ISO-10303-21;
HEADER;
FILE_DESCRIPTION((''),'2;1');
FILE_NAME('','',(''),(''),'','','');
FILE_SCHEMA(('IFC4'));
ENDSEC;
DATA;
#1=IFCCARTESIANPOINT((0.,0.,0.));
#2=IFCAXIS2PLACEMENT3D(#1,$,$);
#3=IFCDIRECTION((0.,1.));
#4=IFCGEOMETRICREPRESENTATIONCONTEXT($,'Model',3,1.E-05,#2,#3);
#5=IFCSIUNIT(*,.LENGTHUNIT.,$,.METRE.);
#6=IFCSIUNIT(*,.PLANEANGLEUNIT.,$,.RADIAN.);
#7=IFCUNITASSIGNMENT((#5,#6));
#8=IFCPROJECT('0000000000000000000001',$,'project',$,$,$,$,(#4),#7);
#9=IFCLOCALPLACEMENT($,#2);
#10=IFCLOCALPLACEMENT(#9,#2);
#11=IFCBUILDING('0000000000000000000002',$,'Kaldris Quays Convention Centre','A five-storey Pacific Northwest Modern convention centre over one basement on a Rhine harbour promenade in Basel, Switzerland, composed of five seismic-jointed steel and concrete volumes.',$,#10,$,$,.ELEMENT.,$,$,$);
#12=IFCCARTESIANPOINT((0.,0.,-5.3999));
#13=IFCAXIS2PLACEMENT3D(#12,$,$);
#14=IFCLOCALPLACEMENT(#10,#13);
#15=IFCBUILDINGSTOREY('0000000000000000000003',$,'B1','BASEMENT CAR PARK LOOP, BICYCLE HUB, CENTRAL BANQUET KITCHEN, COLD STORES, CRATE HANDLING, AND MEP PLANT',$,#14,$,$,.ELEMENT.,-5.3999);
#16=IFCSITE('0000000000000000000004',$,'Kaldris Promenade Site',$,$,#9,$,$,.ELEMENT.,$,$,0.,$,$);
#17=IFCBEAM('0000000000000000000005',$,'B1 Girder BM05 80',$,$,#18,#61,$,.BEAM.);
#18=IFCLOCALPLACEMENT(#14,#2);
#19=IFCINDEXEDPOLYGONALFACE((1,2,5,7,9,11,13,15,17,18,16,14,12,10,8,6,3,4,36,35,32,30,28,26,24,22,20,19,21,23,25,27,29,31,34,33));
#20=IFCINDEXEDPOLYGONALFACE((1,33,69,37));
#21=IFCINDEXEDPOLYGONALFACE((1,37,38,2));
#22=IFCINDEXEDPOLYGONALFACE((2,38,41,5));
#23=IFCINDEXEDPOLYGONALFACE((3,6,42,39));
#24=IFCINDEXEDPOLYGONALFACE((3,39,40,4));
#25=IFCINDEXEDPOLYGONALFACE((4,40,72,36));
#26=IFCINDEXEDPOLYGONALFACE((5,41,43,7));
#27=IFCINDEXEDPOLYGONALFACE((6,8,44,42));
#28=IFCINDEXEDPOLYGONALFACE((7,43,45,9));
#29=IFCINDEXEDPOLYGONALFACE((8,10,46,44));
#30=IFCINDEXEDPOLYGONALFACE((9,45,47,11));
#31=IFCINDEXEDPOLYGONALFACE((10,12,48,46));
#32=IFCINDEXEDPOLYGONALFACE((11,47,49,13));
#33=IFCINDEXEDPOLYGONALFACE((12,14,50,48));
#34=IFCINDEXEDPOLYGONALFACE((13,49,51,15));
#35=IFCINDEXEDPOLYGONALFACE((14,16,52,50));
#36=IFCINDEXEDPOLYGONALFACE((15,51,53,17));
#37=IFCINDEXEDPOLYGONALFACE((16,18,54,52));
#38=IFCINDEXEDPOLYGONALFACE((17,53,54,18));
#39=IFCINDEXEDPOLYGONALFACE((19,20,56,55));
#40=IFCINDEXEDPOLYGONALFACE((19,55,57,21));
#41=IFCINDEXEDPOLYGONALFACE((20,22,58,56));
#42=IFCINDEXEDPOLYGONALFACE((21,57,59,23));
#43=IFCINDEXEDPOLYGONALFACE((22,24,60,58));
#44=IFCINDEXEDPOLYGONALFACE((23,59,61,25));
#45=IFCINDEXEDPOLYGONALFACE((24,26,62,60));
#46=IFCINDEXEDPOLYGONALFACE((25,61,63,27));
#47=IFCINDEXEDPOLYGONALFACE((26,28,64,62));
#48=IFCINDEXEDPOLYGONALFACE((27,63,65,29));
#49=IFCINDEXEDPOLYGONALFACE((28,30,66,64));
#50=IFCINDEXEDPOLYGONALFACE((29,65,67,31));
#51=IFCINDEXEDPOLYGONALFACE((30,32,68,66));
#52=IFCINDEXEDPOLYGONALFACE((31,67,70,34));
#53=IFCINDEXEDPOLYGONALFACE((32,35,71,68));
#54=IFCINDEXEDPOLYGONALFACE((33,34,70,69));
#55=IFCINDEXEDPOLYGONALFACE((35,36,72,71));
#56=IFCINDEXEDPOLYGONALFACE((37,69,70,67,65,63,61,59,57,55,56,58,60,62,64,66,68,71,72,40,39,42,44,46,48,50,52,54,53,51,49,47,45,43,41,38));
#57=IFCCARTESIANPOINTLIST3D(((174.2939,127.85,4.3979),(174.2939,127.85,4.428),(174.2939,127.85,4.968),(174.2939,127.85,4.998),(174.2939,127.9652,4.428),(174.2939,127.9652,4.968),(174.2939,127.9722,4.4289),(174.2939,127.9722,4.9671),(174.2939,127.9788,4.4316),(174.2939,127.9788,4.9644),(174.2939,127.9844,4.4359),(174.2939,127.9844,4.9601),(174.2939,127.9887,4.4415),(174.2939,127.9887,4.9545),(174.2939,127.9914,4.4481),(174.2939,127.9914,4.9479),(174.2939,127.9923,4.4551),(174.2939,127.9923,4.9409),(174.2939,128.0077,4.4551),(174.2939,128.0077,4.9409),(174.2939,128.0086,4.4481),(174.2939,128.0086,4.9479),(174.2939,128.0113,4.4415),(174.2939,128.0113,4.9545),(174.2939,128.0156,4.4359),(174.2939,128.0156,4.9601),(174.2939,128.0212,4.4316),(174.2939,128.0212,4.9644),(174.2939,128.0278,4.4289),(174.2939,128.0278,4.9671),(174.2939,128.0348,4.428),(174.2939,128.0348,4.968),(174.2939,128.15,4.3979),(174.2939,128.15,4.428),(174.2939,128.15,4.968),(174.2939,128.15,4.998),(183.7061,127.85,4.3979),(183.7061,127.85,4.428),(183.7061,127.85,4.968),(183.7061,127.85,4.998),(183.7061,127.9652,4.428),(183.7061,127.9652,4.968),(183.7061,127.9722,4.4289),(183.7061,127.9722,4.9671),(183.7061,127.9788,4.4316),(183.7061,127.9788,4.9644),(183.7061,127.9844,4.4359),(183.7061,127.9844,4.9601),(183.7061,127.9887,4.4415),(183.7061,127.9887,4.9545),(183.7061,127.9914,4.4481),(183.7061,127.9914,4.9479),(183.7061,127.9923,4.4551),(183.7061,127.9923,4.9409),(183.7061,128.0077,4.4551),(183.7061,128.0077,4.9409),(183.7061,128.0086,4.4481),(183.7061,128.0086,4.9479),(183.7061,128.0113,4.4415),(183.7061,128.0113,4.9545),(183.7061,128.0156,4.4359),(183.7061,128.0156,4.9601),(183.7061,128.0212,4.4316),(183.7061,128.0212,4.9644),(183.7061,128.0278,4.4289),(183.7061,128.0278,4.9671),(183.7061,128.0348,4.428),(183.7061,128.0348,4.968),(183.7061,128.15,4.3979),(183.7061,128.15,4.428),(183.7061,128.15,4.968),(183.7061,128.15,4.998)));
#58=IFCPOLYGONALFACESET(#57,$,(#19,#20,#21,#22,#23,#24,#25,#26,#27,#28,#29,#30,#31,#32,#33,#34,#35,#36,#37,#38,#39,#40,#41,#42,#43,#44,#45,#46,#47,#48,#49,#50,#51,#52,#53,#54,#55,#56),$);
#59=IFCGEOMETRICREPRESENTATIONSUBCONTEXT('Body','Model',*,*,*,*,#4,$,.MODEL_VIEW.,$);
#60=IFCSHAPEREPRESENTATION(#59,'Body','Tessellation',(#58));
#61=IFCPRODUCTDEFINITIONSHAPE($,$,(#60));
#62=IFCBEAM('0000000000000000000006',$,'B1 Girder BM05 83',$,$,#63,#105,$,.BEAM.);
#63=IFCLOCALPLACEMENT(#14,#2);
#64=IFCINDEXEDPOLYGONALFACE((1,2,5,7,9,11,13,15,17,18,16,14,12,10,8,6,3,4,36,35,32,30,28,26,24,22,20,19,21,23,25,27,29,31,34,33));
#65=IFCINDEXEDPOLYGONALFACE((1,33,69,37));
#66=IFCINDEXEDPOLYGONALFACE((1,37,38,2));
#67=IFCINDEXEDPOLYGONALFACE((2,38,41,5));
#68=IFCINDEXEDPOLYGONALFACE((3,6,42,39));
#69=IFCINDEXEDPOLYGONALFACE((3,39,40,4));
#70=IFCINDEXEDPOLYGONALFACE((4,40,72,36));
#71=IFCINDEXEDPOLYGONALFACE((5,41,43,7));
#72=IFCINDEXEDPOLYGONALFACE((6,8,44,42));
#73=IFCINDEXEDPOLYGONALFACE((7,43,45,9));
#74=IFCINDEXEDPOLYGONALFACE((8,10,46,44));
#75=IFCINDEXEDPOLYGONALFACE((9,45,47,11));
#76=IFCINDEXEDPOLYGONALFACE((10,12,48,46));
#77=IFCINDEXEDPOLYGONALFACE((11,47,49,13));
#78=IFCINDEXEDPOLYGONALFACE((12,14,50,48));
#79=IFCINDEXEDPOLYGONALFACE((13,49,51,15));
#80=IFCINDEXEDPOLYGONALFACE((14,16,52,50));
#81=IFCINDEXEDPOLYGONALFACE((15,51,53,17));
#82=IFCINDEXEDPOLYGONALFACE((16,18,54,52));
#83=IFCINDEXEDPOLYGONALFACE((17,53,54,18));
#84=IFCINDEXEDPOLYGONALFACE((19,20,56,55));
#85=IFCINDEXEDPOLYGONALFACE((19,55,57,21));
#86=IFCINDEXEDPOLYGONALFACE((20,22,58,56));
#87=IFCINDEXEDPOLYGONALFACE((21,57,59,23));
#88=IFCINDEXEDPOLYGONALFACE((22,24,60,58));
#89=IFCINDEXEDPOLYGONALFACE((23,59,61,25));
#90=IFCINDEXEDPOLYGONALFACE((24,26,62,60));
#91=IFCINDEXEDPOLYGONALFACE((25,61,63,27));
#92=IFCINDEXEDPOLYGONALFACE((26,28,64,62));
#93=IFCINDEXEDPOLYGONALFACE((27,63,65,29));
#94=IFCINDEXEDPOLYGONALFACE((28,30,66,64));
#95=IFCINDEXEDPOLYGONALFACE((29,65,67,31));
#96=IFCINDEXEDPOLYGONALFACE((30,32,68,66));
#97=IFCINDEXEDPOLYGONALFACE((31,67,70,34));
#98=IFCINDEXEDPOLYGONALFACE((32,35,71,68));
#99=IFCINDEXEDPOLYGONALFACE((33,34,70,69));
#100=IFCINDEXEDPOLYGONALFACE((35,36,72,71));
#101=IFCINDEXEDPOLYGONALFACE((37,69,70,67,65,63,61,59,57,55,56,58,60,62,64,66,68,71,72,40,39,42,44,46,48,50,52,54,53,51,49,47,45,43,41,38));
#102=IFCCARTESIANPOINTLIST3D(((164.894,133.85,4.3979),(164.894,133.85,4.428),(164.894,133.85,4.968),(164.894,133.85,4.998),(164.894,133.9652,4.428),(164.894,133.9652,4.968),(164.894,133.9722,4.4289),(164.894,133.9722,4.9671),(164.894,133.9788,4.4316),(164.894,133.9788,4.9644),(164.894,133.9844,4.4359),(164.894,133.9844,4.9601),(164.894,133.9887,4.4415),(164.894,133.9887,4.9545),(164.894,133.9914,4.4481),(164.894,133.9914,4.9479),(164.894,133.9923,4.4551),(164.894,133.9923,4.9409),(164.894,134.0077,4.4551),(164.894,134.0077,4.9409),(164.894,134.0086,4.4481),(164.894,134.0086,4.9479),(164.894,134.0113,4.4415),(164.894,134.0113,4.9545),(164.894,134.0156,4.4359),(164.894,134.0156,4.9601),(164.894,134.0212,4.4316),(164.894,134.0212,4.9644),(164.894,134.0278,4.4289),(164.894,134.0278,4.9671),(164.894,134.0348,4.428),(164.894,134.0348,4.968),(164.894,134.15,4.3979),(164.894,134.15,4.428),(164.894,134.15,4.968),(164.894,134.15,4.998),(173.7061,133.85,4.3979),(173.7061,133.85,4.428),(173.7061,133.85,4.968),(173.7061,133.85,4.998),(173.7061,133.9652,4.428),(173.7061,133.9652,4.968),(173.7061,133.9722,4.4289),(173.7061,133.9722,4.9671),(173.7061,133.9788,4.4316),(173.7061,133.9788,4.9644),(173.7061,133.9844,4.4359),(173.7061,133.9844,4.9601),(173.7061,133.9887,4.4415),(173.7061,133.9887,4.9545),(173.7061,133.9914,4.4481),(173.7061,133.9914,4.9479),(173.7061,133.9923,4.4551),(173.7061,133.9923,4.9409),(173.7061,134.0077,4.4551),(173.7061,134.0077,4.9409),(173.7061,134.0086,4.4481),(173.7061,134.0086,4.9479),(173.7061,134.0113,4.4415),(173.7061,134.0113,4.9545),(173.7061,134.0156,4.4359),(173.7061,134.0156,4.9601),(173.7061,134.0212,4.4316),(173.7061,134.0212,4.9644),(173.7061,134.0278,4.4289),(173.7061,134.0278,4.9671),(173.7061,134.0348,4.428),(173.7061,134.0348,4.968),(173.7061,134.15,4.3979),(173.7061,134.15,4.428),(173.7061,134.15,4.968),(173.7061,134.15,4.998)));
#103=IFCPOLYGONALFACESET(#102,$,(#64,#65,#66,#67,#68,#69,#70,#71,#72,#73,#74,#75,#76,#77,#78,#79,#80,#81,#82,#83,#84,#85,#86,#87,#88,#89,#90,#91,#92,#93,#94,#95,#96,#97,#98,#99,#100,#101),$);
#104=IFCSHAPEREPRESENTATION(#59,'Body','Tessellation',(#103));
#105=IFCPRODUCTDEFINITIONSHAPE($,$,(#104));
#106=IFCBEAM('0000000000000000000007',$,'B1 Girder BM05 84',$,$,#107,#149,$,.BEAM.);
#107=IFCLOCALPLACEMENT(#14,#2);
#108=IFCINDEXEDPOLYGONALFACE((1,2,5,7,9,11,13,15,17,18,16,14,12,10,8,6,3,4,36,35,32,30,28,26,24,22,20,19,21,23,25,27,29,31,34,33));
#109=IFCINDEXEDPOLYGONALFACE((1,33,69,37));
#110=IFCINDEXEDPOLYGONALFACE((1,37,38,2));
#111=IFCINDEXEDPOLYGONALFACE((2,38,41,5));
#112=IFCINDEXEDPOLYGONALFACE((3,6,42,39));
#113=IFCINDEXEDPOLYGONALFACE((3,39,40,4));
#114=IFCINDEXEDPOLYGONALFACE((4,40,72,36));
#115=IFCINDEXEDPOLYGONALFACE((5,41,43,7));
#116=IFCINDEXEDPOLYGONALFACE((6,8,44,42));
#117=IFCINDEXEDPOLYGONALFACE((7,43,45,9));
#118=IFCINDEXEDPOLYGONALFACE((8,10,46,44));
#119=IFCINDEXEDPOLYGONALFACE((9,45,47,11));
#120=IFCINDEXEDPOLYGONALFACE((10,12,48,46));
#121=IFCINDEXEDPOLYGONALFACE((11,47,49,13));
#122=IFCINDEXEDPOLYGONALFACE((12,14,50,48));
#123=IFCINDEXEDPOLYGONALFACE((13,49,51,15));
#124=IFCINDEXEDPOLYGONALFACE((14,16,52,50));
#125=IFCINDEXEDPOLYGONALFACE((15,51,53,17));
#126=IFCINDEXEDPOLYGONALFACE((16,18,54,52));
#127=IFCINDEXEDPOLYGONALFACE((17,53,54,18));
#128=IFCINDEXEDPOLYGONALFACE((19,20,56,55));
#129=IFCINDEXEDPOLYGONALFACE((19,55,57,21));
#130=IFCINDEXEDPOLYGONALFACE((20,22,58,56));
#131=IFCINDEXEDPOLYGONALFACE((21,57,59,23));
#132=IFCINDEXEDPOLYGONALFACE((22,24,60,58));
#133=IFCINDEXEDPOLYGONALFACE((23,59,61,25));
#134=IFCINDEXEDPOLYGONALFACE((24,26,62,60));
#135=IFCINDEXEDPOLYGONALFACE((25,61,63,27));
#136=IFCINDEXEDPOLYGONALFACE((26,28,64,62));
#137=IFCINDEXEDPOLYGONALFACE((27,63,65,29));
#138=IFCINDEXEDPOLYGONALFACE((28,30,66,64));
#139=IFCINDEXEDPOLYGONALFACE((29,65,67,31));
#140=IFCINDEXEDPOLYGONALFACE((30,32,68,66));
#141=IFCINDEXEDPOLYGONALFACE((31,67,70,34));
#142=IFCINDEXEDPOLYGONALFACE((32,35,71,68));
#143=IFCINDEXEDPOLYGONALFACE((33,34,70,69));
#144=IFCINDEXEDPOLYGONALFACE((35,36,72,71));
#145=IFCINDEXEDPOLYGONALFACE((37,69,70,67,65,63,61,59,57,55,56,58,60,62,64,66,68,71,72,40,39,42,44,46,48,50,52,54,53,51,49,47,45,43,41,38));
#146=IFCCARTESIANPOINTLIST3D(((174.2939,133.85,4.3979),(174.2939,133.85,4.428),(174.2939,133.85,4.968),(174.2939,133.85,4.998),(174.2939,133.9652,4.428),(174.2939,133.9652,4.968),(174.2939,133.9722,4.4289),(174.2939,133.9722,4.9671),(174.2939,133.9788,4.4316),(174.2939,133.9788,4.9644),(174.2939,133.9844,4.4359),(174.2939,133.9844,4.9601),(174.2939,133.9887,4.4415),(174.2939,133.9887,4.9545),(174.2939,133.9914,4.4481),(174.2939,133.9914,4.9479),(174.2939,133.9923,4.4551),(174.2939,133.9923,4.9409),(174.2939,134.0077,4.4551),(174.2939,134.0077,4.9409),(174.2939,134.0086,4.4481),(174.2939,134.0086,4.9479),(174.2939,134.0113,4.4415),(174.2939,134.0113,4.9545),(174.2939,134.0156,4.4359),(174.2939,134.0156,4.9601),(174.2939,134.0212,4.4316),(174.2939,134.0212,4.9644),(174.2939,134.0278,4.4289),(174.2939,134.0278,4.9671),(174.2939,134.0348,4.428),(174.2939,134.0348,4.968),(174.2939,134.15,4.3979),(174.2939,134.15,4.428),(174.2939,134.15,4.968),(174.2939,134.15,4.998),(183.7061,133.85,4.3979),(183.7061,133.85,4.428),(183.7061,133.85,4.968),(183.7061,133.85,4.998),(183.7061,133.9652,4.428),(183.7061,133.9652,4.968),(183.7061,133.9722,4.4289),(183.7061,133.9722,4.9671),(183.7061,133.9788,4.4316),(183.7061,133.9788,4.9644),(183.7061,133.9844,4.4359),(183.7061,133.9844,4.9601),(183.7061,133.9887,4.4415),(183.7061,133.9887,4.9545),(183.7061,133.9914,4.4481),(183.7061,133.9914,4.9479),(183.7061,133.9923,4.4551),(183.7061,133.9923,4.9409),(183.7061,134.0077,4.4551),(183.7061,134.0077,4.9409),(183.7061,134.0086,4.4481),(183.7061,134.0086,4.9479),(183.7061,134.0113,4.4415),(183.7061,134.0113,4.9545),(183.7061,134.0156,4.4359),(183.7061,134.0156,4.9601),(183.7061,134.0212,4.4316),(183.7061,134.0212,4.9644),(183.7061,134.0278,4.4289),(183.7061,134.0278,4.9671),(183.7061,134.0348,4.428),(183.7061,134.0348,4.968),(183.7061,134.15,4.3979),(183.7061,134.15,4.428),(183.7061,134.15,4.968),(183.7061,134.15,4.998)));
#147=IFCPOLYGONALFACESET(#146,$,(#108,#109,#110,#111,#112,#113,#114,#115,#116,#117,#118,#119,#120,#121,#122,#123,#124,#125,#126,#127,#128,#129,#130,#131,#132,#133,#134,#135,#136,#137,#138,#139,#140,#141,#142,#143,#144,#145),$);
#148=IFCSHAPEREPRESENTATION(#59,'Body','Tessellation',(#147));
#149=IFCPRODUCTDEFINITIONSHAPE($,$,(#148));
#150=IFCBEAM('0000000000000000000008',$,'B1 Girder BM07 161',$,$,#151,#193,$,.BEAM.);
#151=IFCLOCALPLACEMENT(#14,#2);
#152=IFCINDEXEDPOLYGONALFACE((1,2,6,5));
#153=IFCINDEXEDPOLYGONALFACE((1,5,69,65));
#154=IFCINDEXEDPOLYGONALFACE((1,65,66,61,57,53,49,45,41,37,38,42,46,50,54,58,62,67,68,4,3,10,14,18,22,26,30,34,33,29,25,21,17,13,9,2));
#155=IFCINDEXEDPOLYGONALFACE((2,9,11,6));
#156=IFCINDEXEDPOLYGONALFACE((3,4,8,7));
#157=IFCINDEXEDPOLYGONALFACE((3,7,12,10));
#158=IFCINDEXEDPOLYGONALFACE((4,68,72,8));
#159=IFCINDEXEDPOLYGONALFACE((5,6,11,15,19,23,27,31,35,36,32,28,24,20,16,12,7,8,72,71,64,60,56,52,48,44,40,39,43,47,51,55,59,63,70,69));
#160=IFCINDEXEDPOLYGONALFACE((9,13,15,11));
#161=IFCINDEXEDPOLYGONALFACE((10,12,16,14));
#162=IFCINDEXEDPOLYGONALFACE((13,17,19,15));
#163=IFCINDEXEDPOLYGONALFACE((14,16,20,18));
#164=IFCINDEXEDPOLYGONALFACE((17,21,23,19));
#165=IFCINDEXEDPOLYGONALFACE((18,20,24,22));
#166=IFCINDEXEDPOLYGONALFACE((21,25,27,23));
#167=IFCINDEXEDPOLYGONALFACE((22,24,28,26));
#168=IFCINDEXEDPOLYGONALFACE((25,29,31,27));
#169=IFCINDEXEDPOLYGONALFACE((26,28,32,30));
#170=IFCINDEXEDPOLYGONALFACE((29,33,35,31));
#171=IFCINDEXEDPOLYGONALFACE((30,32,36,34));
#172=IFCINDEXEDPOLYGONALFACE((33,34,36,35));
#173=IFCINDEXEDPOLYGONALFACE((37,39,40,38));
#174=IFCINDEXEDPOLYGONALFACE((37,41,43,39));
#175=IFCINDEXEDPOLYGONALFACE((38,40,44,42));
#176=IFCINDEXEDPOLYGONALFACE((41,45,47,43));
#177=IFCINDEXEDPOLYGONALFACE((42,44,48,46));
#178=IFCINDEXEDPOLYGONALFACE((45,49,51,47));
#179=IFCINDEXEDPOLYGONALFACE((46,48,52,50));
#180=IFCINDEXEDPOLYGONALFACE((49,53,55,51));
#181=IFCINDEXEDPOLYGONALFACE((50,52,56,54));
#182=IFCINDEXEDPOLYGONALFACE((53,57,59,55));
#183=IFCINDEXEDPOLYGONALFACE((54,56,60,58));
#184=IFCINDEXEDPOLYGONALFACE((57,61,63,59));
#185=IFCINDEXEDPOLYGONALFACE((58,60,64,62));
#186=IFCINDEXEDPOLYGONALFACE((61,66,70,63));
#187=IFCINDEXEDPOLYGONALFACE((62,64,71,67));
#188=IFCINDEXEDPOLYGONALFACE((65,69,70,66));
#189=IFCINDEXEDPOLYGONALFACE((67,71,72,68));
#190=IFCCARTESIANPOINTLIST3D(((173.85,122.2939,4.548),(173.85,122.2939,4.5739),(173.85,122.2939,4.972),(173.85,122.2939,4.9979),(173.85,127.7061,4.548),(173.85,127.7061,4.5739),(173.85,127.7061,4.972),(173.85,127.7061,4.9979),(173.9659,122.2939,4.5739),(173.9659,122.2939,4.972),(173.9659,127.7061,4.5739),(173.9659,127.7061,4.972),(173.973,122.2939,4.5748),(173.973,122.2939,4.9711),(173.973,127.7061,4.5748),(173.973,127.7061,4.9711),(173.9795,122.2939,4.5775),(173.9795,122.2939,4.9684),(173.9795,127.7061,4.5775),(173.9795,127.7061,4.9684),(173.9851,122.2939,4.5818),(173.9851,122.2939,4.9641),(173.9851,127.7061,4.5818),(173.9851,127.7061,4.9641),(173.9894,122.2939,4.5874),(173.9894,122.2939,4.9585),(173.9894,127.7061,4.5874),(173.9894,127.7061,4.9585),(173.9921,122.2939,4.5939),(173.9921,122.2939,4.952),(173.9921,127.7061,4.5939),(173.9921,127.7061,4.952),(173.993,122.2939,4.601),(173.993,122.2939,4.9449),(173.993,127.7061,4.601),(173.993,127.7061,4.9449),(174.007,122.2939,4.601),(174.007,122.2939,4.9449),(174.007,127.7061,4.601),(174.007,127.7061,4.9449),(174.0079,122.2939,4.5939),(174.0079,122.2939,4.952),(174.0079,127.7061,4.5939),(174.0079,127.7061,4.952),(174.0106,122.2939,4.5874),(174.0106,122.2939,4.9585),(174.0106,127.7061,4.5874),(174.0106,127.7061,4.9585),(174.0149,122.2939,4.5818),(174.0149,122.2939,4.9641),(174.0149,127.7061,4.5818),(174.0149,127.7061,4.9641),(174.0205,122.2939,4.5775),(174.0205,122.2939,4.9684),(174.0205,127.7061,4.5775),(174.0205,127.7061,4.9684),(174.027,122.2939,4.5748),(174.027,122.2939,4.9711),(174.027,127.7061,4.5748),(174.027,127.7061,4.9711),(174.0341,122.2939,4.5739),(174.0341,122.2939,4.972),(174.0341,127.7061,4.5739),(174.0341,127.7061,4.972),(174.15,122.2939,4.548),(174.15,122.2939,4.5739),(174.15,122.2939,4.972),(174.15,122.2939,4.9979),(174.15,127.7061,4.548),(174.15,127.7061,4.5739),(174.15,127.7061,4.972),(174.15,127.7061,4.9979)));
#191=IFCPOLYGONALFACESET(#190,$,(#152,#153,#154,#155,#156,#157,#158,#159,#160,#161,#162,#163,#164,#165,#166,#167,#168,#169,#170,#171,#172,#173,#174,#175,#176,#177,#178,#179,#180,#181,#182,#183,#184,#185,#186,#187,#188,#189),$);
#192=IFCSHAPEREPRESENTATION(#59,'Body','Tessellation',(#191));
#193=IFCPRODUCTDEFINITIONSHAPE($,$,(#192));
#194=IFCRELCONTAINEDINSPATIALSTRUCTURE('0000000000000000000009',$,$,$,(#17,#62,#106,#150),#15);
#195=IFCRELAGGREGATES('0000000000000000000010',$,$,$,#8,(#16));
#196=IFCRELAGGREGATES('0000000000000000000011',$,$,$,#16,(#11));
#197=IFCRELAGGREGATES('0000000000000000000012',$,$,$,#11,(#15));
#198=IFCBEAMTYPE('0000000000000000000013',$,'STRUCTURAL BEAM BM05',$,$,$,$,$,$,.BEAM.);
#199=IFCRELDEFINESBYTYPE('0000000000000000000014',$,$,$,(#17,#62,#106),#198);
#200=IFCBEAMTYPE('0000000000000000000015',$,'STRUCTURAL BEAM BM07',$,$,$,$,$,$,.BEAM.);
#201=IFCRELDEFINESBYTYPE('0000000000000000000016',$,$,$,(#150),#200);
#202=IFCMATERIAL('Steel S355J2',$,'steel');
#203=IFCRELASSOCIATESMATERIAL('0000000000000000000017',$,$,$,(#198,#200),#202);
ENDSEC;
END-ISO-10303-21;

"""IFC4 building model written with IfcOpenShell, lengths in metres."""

from ifc_helpers import new_model, si_unit, direction, frame, origin, origin_2d, place, context, subcontext, project, spatial, i_section, extrude, material, material_profile, profile_set, type_object, element, save


model = new_model("IFC4")

# Units and contexts
model_context = context("Model", 3, precision=1e-05, world=origin(), true_north=direction((0.0, 1.0)))
body_context = subcontext(model_context, "Body", "Model", "MODEL_VIEW")
ifc_project = project(units=[si_unit("LENGTHUNIT", "METRE"), si_unit("PLANEANGLEUNIT", "RADIAN")], contexts=[model_context])

# Site, building, storey
site_placement = place(None, origin())
site = spatial("IfcSite", under=ifc_project, at=site_placement, Name="Kaldris Promenade Site", CompositionType="ELEMENT", RefElevation=0.0)
building_placement = place(site_placement, origin())
building = spatial("IfcBuilding", under=site, at=building_placement, Name="Kaldris Quays Convention Centre", Description="A five-storey Pacific Northwest Modern convention centre over one basement on a Rhine harbour promenade in Basel, Switzerland, composed of five seismic-jointed steel and concrete volumes.", CompositionType="ELEMENT")
storey_placement = place(building_placement, frame((0.0, 0.0, -5.3999)))
storey = spatial("IfcBuildingStorey", under=building, at=storey_placement, Name="B1", Description="BASEMENT CAR PARK LOOP, BICYCLE HUB, CENTRAL BANQUET KITCHEN, COLD STORES, CRATE HANDLING, AND MEP PLANT", CompositionType="ELEMENT", Elevation=-5.3999)

# Beams
ifc_material_1 = material(Name="Steel S355J2", Category="steel")
ifc_material_profile_1 = material_profile(ifc_material_1, i_section(OverallWidth=0.3, OverallDepth=0.6001, WebThickness=0.0154, FlangeThickness=0.03, FilletRadius=0.0271, at=origin_2d()), Name="HEB 600")
ifc_profile_set_1 = profile_set([ifc_material_profile_1], Name="Steel S355J2")
beam_type_1 = type_object("IfcBeamType", Name="STRUCTURAL BEAM BM05", PredefinedType="BEAM", material=ifc_profile_set_1)
beam_1_placement = place(storey_placement, frame((174.2939, 128.0, 4.698), z_axis=(1.0, 0.0, 0.0), x_axis=(0.0, 1.0, 0.0)))
element("IfcBeam", 1, at=beam_1_placement, inside=storey, type_object=beam_type_1, Name="B1 Girder BM05 80", PredefinedType="BEAM", context=body_context, shape_type="SweptSolid", body=[
    extrude(i_section(OverallWidth=0.3, OverallDepth=0.6001, WebThickness=0.0154, FlangeThickness=0.03, FilletRadius=0.0271, at=origin_2d()), origin(), (0.0, 0.0, 1.0), 9.4121),
])
beam_2_placement = place(storey_placement, frame((164.894, 134.0, 4.698), z_axis=(1.0, 0.0, 0.0), x_axis=(0.0, 1.0, 0.0)))
element("IfcBeam", 2, at=beam_2_placement, inside=storey, type_object=beam_type_1, Name="B1 Girder BM05 83", PredefinedType="BEAM", context=body_context, shape_type="SweptSolid", body=[
    extrude(i_section(OverallWidth=0.3, OverallDepth=0.6001, WebThickness=0.0154, FlangeThickness=0.03, FilletRadius=0.0271, at=origin_2d()), origin(), (0.0, 0.0, 1.0), 8.812),
])
beam_3_placement = place(storey_placement, frame((174.2939, 134.0, 4.698), z_axis=(1.0, 0.0, 0.0), x_axis=(0.0, 1.0, 0.0)))
element("IfcBeam", 3, at=beam_3_placement, inside=storey, type_object=beam_type_1, Name="B1 Girder BM05 84", PredefinedType="BEAM", context=body_context, shape_type="SweptSolid", body=[
    extrude(i_section(OverallWidth=0.3, OverallDepth=0.6001, WebThickness=0.0154, FlangeThickness=0.03, FilletRadius=0.0271, at=origin_2d()), origin(), (0.0, 0.0, 1.0), 9.4121),
])
ifc_material_profile_2 = material_profile(ifc_material_1, i_section(OverallWidth=0.3, OverallDepth=0.45, WebThickness=0.0139, FlangeThickness=0.0259, FilletRadius=0.0271, at=origin_2d()), Name="HEB 450")
ifc_profile_set_2 = profile_set([ifc_material_profile_2], Name="Steel S355J2")
beam_type_2 = type_object("IfcBeamType", Name="STRUCTURAL BEAM BM07", PredefinedType="BEAM", material=ifc_profile_set_2)
for number, where, z_axis, x_axis, name in (
    (4, (174.0, 122.2939, 4.7729), (0.0, 1.0, 0.0), (-1.0, 0.0, 0.0), "B1 Girder BM07 161"),
):
    element("IfcBeam", number, at=place(storey_placement, frame(where, z_axis=z_axis, x_axis=x_axis)), inside=storey, type_object=beam_type_2, Name=name, PredefinedType="BEAM", context=body_context, shape_type="SweptSolid", body=[
        extrude(i_section(OverallWidth=0.3, OverallDepth=0.45, WebThickness=0.0139, FlangeThickness=0.0259, FilletRadius=0.0271, at=origin_2d()), origin(), (0.0, 0.0, 1.0), 5.4121),
    ])

save(model, "model.ifc")
